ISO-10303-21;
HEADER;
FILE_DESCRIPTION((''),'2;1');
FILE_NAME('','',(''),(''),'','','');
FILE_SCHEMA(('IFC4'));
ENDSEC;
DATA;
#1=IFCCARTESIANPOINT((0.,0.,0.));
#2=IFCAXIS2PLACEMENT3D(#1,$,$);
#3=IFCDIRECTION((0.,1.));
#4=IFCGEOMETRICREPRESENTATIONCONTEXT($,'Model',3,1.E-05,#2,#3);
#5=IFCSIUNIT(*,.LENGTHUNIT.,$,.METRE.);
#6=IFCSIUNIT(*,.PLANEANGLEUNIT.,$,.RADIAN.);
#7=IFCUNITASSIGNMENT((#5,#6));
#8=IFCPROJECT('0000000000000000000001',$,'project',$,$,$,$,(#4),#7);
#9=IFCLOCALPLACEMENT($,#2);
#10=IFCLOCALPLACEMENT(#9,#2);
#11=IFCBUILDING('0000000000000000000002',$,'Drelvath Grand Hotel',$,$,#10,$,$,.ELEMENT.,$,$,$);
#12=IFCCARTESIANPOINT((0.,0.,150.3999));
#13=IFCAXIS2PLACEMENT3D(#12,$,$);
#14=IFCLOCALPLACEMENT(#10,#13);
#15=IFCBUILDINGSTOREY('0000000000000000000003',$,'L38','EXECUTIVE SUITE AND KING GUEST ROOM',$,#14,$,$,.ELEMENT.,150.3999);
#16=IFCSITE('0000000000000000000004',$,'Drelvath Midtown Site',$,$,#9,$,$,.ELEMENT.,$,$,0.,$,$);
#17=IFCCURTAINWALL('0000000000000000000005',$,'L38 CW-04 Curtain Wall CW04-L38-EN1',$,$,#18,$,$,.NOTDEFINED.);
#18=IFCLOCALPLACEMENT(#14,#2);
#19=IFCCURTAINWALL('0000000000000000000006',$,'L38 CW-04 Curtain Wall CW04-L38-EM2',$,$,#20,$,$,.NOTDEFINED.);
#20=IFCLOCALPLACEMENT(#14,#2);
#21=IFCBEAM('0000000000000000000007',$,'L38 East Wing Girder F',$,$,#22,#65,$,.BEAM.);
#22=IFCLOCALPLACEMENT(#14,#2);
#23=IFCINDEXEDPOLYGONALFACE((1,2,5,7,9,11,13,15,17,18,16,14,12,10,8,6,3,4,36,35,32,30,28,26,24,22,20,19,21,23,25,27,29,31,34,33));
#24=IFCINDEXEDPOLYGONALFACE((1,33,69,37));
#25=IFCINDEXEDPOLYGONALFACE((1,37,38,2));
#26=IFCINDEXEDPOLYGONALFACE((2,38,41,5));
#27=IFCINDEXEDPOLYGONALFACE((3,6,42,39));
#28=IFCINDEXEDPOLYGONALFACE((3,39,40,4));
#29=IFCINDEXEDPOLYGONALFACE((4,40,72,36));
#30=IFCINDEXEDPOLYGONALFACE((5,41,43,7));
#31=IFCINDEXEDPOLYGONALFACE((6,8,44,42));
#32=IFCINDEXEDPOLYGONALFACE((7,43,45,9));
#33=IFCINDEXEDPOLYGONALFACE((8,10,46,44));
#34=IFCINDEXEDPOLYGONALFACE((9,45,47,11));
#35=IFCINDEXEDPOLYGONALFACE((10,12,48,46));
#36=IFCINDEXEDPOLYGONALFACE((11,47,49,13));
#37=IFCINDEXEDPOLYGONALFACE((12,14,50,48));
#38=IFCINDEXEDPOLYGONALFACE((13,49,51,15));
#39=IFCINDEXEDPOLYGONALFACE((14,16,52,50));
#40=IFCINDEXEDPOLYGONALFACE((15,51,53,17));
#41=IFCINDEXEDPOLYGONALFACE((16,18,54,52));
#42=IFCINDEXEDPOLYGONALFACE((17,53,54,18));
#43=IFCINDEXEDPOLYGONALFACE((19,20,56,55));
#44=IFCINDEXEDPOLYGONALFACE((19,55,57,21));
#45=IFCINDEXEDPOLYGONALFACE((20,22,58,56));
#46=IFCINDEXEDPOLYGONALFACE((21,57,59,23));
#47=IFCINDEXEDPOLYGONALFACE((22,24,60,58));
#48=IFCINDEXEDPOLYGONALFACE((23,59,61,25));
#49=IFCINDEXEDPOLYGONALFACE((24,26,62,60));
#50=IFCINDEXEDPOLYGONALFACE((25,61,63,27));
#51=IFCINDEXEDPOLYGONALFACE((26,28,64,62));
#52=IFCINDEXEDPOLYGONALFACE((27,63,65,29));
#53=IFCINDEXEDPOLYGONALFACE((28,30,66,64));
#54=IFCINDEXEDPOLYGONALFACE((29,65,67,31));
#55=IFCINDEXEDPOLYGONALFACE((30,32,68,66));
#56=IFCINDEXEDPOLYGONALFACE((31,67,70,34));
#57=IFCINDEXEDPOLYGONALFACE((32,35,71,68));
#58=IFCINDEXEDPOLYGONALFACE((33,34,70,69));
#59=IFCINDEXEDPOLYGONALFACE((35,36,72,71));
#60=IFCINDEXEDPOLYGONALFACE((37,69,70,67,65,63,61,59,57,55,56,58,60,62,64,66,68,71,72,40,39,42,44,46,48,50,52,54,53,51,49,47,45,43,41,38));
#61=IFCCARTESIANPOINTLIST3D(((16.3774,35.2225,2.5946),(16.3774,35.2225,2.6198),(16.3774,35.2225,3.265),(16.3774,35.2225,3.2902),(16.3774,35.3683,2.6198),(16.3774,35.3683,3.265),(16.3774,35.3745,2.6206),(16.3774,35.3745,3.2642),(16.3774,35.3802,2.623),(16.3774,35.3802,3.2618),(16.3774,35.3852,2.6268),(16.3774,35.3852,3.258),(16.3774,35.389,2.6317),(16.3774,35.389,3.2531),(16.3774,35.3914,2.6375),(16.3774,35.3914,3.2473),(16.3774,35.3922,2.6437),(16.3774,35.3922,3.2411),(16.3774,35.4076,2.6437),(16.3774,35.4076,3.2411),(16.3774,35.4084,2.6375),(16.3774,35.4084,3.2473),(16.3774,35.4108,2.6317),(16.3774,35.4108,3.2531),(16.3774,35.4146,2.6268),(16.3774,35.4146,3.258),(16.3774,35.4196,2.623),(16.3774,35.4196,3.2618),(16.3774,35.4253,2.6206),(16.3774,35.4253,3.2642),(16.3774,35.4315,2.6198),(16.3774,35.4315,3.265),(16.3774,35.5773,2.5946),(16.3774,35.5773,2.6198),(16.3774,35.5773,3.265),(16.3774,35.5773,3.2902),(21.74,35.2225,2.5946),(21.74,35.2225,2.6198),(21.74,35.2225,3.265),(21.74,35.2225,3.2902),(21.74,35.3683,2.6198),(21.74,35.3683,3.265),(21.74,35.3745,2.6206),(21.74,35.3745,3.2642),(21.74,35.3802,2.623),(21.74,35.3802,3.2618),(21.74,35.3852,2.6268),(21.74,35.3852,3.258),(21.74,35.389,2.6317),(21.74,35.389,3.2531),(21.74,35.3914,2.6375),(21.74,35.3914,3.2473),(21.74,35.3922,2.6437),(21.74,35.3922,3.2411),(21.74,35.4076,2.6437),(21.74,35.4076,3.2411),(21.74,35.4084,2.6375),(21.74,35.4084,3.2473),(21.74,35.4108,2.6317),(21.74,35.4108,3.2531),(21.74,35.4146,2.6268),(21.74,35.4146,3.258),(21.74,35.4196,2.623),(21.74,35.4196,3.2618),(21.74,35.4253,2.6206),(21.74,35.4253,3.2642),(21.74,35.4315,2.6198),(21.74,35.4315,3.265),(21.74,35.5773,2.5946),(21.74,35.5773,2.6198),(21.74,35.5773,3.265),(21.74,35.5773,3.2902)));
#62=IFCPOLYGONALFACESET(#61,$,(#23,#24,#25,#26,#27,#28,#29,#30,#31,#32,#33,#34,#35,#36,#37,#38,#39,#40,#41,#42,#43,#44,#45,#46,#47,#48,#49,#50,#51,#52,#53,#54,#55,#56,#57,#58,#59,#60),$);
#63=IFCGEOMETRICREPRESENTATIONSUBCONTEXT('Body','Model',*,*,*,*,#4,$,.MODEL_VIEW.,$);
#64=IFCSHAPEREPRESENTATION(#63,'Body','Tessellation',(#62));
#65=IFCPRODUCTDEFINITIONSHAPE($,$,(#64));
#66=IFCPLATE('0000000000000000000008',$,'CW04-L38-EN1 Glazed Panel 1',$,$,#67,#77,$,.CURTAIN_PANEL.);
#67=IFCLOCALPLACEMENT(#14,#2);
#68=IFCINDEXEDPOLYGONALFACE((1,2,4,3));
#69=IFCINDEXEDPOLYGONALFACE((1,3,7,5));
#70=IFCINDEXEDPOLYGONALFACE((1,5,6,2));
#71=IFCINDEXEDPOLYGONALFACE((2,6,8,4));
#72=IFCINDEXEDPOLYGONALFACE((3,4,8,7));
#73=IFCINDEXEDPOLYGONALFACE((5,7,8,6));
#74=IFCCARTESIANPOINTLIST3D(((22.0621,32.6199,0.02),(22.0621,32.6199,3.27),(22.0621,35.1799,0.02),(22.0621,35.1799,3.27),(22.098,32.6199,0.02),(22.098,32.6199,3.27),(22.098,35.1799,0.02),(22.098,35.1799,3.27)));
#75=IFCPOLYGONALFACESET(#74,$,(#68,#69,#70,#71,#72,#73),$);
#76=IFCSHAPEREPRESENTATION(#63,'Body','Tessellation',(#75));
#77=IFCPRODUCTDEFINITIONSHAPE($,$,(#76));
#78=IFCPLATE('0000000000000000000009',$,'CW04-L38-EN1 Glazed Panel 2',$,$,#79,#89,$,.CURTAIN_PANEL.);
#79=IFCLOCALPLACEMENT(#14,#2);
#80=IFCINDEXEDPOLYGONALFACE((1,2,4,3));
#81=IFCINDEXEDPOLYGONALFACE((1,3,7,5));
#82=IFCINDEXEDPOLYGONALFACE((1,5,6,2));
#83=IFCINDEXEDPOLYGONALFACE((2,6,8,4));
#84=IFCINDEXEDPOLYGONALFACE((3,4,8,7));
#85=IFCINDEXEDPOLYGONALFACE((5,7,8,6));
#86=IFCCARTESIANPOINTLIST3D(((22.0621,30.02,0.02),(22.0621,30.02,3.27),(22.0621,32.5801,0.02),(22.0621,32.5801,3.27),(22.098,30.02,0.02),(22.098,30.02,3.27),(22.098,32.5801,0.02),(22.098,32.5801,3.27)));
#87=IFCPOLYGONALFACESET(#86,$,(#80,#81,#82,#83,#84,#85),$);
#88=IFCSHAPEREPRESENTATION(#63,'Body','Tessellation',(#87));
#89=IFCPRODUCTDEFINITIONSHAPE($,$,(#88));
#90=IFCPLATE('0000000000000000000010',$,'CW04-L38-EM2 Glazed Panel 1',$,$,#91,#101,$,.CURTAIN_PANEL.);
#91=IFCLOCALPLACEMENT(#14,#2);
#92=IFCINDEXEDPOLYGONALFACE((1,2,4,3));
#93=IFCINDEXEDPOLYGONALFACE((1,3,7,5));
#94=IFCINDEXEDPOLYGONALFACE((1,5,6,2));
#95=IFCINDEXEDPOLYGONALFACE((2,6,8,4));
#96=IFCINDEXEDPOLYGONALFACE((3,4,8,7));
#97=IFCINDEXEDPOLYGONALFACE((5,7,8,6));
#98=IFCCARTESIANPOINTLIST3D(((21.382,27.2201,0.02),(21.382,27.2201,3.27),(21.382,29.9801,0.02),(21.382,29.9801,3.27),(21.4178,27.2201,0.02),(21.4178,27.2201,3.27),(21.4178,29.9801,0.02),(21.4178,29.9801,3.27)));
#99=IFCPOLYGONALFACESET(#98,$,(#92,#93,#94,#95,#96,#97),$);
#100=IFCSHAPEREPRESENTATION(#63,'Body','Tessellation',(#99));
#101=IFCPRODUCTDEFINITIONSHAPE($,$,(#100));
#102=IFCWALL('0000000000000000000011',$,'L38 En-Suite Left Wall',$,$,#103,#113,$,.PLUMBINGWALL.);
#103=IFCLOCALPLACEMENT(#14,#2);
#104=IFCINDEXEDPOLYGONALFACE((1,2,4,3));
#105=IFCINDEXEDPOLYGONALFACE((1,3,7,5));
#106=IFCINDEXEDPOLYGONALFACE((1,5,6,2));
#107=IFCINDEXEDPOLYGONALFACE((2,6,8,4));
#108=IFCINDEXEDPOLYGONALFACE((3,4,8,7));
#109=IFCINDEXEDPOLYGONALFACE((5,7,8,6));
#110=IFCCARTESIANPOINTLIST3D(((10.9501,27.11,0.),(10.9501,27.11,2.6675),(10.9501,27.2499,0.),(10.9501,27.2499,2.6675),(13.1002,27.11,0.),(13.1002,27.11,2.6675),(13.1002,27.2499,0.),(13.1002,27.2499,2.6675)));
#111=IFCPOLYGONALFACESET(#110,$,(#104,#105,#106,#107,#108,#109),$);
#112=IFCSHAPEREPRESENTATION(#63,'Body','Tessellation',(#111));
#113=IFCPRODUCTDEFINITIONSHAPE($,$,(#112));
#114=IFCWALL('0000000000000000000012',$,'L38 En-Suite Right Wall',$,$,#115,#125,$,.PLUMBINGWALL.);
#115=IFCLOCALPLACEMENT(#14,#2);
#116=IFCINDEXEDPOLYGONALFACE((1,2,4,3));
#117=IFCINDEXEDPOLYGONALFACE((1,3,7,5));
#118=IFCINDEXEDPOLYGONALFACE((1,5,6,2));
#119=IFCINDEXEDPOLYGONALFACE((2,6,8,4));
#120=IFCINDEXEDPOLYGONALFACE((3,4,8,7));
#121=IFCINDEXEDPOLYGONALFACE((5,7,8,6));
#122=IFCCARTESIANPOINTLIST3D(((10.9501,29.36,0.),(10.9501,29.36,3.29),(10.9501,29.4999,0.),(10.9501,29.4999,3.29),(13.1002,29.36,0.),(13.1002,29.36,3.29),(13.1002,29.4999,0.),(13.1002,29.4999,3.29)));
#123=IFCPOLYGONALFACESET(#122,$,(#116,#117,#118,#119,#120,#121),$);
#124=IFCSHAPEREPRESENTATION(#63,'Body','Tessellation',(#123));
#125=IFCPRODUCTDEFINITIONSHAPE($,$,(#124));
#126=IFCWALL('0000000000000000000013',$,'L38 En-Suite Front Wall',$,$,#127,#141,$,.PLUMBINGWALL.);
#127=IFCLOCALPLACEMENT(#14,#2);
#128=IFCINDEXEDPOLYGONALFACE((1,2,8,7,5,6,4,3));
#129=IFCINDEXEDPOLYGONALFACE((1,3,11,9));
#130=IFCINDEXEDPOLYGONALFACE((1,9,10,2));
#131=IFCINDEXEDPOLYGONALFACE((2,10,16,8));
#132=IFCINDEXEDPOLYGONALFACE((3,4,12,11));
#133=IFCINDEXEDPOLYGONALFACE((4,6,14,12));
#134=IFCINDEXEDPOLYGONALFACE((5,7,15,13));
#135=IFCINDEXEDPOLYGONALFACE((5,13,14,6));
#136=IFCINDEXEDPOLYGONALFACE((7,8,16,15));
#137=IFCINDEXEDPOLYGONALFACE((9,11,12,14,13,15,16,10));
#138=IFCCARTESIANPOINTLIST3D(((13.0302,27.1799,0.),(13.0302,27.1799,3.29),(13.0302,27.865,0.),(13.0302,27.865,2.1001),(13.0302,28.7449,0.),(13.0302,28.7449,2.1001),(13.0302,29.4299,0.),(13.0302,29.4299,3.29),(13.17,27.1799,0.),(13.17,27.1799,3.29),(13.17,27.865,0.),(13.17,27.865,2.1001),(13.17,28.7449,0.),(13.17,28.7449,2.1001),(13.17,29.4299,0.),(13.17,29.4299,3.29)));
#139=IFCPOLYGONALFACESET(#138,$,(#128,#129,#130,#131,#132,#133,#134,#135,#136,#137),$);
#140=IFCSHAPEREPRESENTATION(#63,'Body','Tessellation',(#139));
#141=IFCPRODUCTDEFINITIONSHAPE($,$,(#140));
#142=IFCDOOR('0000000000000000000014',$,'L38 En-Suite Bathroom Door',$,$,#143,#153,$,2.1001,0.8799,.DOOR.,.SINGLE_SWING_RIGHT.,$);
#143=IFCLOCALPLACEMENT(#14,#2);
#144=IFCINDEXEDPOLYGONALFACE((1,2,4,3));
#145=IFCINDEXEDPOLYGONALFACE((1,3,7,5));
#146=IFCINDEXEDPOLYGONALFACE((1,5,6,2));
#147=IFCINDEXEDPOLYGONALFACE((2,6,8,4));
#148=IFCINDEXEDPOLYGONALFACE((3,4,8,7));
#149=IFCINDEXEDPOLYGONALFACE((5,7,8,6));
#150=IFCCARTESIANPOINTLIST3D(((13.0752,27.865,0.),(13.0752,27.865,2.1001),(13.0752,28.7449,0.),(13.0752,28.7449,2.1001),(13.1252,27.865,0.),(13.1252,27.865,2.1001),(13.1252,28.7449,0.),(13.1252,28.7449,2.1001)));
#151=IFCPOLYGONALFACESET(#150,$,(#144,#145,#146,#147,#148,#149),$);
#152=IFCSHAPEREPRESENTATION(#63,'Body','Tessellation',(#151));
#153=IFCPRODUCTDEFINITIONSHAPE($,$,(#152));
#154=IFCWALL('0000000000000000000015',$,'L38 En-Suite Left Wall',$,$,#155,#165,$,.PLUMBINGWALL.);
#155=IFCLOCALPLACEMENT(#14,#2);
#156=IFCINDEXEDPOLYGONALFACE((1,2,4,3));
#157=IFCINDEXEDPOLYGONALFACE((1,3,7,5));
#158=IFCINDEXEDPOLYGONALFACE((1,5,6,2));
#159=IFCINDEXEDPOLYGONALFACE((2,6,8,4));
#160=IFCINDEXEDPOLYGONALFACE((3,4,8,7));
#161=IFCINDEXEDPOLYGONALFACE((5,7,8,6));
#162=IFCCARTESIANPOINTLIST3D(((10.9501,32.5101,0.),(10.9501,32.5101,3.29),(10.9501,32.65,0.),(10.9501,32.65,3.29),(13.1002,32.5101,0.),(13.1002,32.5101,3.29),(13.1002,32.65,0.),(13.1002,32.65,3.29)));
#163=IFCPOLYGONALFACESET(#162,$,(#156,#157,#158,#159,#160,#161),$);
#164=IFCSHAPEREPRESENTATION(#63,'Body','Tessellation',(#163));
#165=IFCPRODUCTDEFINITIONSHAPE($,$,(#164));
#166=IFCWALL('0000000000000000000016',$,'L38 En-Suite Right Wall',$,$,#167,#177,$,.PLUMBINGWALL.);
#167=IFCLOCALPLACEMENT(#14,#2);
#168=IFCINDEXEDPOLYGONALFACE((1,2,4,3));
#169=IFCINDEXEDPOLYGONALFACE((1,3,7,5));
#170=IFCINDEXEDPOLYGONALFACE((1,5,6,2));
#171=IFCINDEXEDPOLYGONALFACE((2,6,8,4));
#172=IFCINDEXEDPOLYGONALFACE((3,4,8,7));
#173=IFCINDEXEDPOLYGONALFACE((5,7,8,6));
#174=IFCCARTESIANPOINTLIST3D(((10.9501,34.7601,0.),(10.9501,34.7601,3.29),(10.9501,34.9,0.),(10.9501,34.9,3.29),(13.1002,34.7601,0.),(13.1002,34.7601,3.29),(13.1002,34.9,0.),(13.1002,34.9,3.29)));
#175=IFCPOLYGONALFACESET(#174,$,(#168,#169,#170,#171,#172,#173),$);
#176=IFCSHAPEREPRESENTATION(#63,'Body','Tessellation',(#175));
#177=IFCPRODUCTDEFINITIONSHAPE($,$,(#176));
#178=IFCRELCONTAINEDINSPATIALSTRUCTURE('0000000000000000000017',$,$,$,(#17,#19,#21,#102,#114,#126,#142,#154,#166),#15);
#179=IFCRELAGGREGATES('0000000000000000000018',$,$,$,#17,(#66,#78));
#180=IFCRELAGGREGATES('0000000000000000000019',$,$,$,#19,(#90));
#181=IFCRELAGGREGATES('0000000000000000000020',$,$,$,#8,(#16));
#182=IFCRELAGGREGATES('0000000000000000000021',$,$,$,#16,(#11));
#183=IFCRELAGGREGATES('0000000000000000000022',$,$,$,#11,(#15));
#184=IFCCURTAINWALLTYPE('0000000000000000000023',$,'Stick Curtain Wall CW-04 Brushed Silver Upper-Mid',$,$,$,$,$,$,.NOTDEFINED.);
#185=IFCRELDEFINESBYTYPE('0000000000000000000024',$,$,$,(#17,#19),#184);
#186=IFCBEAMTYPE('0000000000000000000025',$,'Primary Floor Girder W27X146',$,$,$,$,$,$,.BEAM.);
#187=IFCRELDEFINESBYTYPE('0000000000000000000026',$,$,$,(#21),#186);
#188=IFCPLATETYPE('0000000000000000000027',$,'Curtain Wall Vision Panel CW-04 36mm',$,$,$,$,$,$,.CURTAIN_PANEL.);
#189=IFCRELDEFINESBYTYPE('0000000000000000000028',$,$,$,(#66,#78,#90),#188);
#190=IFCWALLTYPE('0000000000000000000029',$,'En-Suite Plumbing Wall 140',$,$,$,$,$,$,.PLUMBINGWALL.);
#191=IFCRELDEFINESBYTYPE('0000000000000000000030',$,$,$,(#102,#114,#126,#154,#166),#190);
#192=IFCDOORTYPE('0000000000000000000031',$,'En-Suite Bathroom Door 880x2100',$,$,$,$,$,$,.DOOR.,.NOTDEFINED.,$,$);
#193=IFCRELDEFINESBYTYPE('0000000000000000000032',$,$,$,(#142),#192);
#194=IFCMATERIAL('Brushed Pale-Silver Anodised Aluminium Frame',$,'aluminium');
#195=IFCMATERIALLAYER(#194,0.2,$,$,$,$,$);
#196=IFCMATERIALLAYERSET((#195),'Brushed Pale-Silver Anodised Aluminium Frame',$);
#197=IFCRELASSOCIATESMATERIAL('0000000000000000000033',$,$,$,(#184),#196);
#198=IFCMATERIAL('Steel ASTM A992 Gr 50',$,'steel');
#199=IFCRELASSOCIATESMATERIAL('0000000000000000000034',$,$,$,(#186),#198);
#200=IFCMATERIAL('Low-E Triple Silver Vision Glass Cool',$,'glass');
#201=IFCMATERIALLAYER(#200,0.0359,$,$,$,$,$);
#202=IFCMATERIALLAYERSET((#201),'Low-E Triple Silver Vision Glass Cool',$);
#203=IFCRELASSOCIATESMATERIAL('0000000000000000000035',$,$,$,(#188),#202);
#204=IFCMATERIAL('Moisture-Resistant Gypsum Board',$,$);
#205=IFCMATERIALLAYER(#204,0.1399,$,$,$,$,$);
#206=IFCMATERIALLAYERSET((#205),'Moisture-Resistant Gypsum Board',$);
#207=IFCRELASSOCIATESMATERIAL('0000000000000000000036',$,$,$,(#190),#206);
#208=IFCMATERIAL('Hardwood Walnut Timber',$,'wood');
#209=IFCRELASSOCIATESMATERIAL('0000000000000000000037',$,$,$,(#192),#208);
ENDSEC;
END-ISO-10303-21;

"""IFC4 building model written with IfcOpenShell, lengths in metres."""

from ifc_helpers import new_model, si_unit, direction, frame, frame_2d, origin, origin_2d, place, context, subcontext, project, spatial, rectangle, i_section, extrude, material, layer, layer_set, material_profile, profile_set, type_object, element, fill, aggregate, save


model = new_model("IFC4")

# Units and contexts
model_context = context("Model", 3, precision=1e-05, world=origin(), true_north=direction((0.0, 1.0)))
body_context = subcontext(model_context, "Body", "Model", "MODEL_VIEW")
ifc_project = project(units=[si_unit("LENGTHUNIT", "METRE"), si_unit("PLANEANGLEUNIT", "RADIAN")], contexts=[model_context])

# Site, building, storey
site_placement = place(None, origin())
site = spatial("IfcSite", under=ifc_project, at=site_placement, Name="Drelvath Midtown Site", CompositionType="ELEMENT", RefElevation=0.0)
building_placement = place(site_placement, origin())
building = spatial("IfcBuilding", under=site, at=building_placement, Name="Drelvath Grand Hotel", CompositionType="ELEMENT")
storey_placement = place(building_placement, frame((0.0, 0.0, 150.3999)))
storey = spatial("IfcBuildingStorey", under=building, at=storey_placement, Name="L38", Description="EXECUTIVE SUITE AND KING GUEST ROOM", CompositionType="ELEMENT", Elevation=150.3999)

# Curtain walls
ifc_material_1 = material(Name="Brushed Pale-Silver Anodised Aluminium Frame", Category="aluminium")
ifc_layer_1 = layer(ifc_material_1, 0.2)
ifc_layer_set_1 = layer_set([ifc_layer_1], Name="Brushed Pale-Silver Anodised Aluminium Frame")
curtain_wall_type = type_object("IfcCurtainWallType", Name="Stick Curtain Wall CW-04 Brushed Silver Upper-Mid", PredefinedType="NOTDEFINED", material=ifc_layer_set_1)
curtain_wall_1_placement = place(storey_placement, origin())
curtain_wall_1 = element("IfcCurtainWall", 1, at=curtain_wall_1_placement, inside=storey, type_object=curtain_wall_type, Name="L38 CW-04 Curtain Wall CW04-L38-EN1", PredefinedType="NOTDEFINED")
curtain_wall_2_placement = place(storey_placement, origin())
curtain_wall_2 = element("IfcCurtainWall", 2, at=curtain_wall_2_placement, inside=storey, type_object=curtain_wall_type, Name="L38 CW-04 Curtain Wall CW04-L38-EM2", PredefinedType="NOTDEFINED")

# Beam
ifc_material_2 = material(Name="Steel ASTM A992 Gr 50", Category="steel")
ifc_material_profile_1 = material_profile(ifc_material_2, i_section(OverallWidth=0.3547, OverallDepth=0.6956, WebThickness=0.0154, FlangeThickness=0.0251, FilletRadius=0.0239, at=origin_2d()), Name="W27X146")
ifc_profile_set_1 = profile_set([ifc_material_profile_1], Name="Steel ASTM A992 Gr 50")
beam_type_1 = type_object("IfcBeamType", Name="Primary Floor Girder W27X146", PredefinedType="BEAM", material=ifc_profile_set_1)
beam_1_placement = place(storey_placement, frame((16.3774, 35.3999, 2.9424), z_axis=(1.0, 0.0, 0.0), x_axis=(0.0, 1.0, 0.0)))
element("IfcBeam", 3, at=beam_1_placement, inside=storey, type_object=beam_type_1, Name="L38 East Wing Girder F", PredefinedType="BEAM", context=body_context, shape_type="SweptSolid", body=[
    extrude(i_section(OverallWidth=0.3547, OverallDepth=0.6956, WebThickness=0.0154, FlangeThickness=0.0251, FilletRadius=0.0239, at=origin_2d()), origin(), (0.0, 0.0, 1.0), 5.3625),
])

# Plates
ifc_material_3 = material(Name="Low-E Triple Silver Vision Glass Cool", Category="glass")
ifc_layer_2 = layer(ifc_material_3, 0.0359)
ifc_layer_set_2 = layer_set([ifc_layer_2], Name="Low-E Triple Silver Vision Glass Cool")
plate_type = type_object("IfcPlateType", Name="Curtain Wall Vision Panel CW-04 36mm", PredefinedType="CURTAIN_PANEL", material=ifc_layer_set_2)
plate_1_placement = place(storey_placement, frame((22.0801, 33.8999, 0.02), z_axis=(0.0, 0.0, 1.0), x_axis=(0.0, -1.0, 0.0)))
plate_1 = element("IfcPlate", 4, at=plate_1_placement, type_object=plate_type, Name="CW04-L38-EN1 Glazed Panel 1", PredefinedType="CURTAIN_PANEL", context=body_context, shape_type="SweptSolid", body=[
    extrude(rectangle(XDim=2.5601, YDim=0.0359, at=origin_2d()), origin(), (0.0, 0.0, 1.0), 3.25),
])
plate_2_placement = place(storey_placement, frame((22.0801, 31.3, 0.02), z_axis=(0.0, 0.0, 1.0), x_axis=(0.0, -1.0, 0.0)))
plate_2 = element("IfcPlate", 5, at=plate_2_placement, type_object=plate_type, Name="CW04-L38-EN1 Glazed Panel 2", PredefinedType="CURTAIN_PANEL", context=body_context, shape_type="SweptSolid", body=[
    extrude(rectangle(XDim=2.5601, YDim=0.0359, at=origin_2d()), origin(), (0.0, 0.0, 1.0), 3.25),
])
aggregate(curtain_wall_1, [plate_1, plate_2])
plate_3_placement = place(storey_placement, frame((21.3999, 28.6001, 0.02), z_axis=(0.0, 0.0, 1.0), x_axis=(0.0, -1.0, 0.0)))
plate_3 = element("IfcPlate", 6, at=plate_3_placement, type_object=plate_type, Name="CW04-L38-EM2 Glazed Panel 1", PredefinedType="CURTAIN_PANEL", context=body_context, shape_type="SweptSolid", body=[
    extrude(rectangle(XDim=2.76, YDim=0.0359, at=origin_2d()), origin(), (0.0, 0.0, 1.0), 3.25),
])
aggregate(curtain_wall_2, [plate_3])

# Walls
ifc_material_4 = material(Name="Moisture-Resistant Gypsum Board")
ifc_layer_3 = layer(ifc_material_4, 0.1399)
ifc_layer_set_3 = layer_set([ifc_layer_3], Name="Moisture-Resistant Gypsum Board")
wall_type_1 = type_object("IfcWallType", Name="En-Suite Plumbing Wall 140", PredefinedType="PLUMBINGWALL", material=ifc_layer_set_3)
wall_1_placement = place(storey_placement, frame((10.95, 27.1799, 0.0), z_axis=(0.0, 0.0, 1.0), x_axis=(1.0, 0.0, 0.0)))
element("IfcWall", 7, at=wall_1_placement, inside=storey, type_object=wall_type_1, Name="L38 En-Suite Left Wall", PredefinedType="PLUMBINGWALL", context=body_context, shape_type="SweptSolid", body=[
    extrude(rectangle(XDim=2.1501, YDim=0.1399, at=frame_2d((1.0752, 0.0))), origin(), (0.0, 0.0, 1.0), 2.6675),
])
wall_2_placement = place(storey_placement, frame((10.95, 29.4299, 0.0), z_axis=(0.0, 0.0, 1.0), x_axis=(1.0, 0.0, 0.0)))
element("IfcWall", 8, at=wall_2_placement, inside=storey, type_object=wall_type_1, Name="L38 En-Suite Right Wall", PredefinedType="PLUMBINGWALL", context=body_context, shape_type="SweptSolid", body=[
    extrude(rectangle(XDim=2.1501, YDim=0.1399, at=frame_2d((1.0752, 0.0))), origin(), (0.0, 0.0, 1.0), 3.29),
])

# Wall, opening, door
wall_3_placement = place(storey_placement, frame((13.1001, 27.1799, 0.0), z_axis=(0.0, 0.0, 1.0), x_axis=(0.0, 1.0, 0.0)))
wall_3 = element("IfcWall", 9, at=wall_3_placement, inside=storey, type_object=wall_type_1, Name="L38 En-Suite Front Wall", PredefinedType="PLUMBINGWALL", context=body_context, shape_type="SweptSolid", body=[
    extrude(rectangle(XDim=2.25, YDim=0.1399, at=frame_2d((1.125, 0.0))), origin(), (0.0, 0.0, 1.0), 3.29),
])
opening_1_placement = place(wall_3_placement, frame((0.6851, 0.0, 0.0)))
opening_1 = element("IfcOpeningElement", 10, at=opening_1_placement, cuts=wall_3, PredefinedType="OPENING", context=body_context, shape_type="SweptSolid", body=[
    extrude(rectangle(XDim=0.8799, YDim=2.1001, at=frame_2d((0.4399, 1.05))), frame((0.0, 0.0798, 0.0), z_axis=(0.0, -1.0, 0.0), x_axis=(1.0, 0.0, 0.0)), (0.0, 0.0, 1.0), 0.1599),
])
ifc_material_5 = material(Name="Hardwood Walnut Timber", Category="wood")
door_type = type_object("IfcDoorType", Name="En-Suite Bathroom Door 880x2100", OperationType="NOTDEFINED", PredefinedType="DOOR", material=ifc_material_5)
door_1_placement = place(opening_1_placement, origin())
door_1 = element("IfcDoor", 11, at=door_1_placement, inside=storey, type_object=door_type, Name="L38 En-Suite Bathroom Door", OperationType="SINGLE_SWING_RIGHT", OverallHeight=2.1001, OverallWidth=0.8799, PredefinedType="DOOR", context=body_context, shape_type="SweptSolid", body=[
    extrude(rectangle(XDim=0.8799, YDim=2.1001, at=frame_2d((0.4399, 1.05))), frame((0.0, 0.0249, 0.0), z_axis=(0.0, -1.0, 0.0), x_axis=(1.0, 0.0, 0.0)), (0.0, 0.0, 1.0), 0.05),
])
fill(opening_1, door_1)

# Walls
for number, where, z_axis, x_axis, name in (
    (12, (10.95, 32.5801, 0.0), (0.0, 0.0, 1.0), (1.0, 0.0, 0.0), "L38 En-Suite Left Wall"),
    (13, (10.95, 34.8301, 0.0), (0.0, 0.0, 1.0), (1.0, 0.0, 0.0), "L38 En-Suite Right Wall"),
):
    element("IfcWall", number, at=place(storey_placement, frame(where, z_axis=z_axis, x_axis=x_axis)), inside=storey, type_object=wall_type_1, Name=name, PredefinedType="PLUMBINGWALL", context=body_context, shape_type="SweptSolid", body=[
        extrude(rectangle(XDim=2.1501, YDim=0.1399, at=frame_2d((1.0752, 0.0))), origin(), (0.0, 0.0, 1.0), 3.29),
    ])

save(model, "model.ifc")
